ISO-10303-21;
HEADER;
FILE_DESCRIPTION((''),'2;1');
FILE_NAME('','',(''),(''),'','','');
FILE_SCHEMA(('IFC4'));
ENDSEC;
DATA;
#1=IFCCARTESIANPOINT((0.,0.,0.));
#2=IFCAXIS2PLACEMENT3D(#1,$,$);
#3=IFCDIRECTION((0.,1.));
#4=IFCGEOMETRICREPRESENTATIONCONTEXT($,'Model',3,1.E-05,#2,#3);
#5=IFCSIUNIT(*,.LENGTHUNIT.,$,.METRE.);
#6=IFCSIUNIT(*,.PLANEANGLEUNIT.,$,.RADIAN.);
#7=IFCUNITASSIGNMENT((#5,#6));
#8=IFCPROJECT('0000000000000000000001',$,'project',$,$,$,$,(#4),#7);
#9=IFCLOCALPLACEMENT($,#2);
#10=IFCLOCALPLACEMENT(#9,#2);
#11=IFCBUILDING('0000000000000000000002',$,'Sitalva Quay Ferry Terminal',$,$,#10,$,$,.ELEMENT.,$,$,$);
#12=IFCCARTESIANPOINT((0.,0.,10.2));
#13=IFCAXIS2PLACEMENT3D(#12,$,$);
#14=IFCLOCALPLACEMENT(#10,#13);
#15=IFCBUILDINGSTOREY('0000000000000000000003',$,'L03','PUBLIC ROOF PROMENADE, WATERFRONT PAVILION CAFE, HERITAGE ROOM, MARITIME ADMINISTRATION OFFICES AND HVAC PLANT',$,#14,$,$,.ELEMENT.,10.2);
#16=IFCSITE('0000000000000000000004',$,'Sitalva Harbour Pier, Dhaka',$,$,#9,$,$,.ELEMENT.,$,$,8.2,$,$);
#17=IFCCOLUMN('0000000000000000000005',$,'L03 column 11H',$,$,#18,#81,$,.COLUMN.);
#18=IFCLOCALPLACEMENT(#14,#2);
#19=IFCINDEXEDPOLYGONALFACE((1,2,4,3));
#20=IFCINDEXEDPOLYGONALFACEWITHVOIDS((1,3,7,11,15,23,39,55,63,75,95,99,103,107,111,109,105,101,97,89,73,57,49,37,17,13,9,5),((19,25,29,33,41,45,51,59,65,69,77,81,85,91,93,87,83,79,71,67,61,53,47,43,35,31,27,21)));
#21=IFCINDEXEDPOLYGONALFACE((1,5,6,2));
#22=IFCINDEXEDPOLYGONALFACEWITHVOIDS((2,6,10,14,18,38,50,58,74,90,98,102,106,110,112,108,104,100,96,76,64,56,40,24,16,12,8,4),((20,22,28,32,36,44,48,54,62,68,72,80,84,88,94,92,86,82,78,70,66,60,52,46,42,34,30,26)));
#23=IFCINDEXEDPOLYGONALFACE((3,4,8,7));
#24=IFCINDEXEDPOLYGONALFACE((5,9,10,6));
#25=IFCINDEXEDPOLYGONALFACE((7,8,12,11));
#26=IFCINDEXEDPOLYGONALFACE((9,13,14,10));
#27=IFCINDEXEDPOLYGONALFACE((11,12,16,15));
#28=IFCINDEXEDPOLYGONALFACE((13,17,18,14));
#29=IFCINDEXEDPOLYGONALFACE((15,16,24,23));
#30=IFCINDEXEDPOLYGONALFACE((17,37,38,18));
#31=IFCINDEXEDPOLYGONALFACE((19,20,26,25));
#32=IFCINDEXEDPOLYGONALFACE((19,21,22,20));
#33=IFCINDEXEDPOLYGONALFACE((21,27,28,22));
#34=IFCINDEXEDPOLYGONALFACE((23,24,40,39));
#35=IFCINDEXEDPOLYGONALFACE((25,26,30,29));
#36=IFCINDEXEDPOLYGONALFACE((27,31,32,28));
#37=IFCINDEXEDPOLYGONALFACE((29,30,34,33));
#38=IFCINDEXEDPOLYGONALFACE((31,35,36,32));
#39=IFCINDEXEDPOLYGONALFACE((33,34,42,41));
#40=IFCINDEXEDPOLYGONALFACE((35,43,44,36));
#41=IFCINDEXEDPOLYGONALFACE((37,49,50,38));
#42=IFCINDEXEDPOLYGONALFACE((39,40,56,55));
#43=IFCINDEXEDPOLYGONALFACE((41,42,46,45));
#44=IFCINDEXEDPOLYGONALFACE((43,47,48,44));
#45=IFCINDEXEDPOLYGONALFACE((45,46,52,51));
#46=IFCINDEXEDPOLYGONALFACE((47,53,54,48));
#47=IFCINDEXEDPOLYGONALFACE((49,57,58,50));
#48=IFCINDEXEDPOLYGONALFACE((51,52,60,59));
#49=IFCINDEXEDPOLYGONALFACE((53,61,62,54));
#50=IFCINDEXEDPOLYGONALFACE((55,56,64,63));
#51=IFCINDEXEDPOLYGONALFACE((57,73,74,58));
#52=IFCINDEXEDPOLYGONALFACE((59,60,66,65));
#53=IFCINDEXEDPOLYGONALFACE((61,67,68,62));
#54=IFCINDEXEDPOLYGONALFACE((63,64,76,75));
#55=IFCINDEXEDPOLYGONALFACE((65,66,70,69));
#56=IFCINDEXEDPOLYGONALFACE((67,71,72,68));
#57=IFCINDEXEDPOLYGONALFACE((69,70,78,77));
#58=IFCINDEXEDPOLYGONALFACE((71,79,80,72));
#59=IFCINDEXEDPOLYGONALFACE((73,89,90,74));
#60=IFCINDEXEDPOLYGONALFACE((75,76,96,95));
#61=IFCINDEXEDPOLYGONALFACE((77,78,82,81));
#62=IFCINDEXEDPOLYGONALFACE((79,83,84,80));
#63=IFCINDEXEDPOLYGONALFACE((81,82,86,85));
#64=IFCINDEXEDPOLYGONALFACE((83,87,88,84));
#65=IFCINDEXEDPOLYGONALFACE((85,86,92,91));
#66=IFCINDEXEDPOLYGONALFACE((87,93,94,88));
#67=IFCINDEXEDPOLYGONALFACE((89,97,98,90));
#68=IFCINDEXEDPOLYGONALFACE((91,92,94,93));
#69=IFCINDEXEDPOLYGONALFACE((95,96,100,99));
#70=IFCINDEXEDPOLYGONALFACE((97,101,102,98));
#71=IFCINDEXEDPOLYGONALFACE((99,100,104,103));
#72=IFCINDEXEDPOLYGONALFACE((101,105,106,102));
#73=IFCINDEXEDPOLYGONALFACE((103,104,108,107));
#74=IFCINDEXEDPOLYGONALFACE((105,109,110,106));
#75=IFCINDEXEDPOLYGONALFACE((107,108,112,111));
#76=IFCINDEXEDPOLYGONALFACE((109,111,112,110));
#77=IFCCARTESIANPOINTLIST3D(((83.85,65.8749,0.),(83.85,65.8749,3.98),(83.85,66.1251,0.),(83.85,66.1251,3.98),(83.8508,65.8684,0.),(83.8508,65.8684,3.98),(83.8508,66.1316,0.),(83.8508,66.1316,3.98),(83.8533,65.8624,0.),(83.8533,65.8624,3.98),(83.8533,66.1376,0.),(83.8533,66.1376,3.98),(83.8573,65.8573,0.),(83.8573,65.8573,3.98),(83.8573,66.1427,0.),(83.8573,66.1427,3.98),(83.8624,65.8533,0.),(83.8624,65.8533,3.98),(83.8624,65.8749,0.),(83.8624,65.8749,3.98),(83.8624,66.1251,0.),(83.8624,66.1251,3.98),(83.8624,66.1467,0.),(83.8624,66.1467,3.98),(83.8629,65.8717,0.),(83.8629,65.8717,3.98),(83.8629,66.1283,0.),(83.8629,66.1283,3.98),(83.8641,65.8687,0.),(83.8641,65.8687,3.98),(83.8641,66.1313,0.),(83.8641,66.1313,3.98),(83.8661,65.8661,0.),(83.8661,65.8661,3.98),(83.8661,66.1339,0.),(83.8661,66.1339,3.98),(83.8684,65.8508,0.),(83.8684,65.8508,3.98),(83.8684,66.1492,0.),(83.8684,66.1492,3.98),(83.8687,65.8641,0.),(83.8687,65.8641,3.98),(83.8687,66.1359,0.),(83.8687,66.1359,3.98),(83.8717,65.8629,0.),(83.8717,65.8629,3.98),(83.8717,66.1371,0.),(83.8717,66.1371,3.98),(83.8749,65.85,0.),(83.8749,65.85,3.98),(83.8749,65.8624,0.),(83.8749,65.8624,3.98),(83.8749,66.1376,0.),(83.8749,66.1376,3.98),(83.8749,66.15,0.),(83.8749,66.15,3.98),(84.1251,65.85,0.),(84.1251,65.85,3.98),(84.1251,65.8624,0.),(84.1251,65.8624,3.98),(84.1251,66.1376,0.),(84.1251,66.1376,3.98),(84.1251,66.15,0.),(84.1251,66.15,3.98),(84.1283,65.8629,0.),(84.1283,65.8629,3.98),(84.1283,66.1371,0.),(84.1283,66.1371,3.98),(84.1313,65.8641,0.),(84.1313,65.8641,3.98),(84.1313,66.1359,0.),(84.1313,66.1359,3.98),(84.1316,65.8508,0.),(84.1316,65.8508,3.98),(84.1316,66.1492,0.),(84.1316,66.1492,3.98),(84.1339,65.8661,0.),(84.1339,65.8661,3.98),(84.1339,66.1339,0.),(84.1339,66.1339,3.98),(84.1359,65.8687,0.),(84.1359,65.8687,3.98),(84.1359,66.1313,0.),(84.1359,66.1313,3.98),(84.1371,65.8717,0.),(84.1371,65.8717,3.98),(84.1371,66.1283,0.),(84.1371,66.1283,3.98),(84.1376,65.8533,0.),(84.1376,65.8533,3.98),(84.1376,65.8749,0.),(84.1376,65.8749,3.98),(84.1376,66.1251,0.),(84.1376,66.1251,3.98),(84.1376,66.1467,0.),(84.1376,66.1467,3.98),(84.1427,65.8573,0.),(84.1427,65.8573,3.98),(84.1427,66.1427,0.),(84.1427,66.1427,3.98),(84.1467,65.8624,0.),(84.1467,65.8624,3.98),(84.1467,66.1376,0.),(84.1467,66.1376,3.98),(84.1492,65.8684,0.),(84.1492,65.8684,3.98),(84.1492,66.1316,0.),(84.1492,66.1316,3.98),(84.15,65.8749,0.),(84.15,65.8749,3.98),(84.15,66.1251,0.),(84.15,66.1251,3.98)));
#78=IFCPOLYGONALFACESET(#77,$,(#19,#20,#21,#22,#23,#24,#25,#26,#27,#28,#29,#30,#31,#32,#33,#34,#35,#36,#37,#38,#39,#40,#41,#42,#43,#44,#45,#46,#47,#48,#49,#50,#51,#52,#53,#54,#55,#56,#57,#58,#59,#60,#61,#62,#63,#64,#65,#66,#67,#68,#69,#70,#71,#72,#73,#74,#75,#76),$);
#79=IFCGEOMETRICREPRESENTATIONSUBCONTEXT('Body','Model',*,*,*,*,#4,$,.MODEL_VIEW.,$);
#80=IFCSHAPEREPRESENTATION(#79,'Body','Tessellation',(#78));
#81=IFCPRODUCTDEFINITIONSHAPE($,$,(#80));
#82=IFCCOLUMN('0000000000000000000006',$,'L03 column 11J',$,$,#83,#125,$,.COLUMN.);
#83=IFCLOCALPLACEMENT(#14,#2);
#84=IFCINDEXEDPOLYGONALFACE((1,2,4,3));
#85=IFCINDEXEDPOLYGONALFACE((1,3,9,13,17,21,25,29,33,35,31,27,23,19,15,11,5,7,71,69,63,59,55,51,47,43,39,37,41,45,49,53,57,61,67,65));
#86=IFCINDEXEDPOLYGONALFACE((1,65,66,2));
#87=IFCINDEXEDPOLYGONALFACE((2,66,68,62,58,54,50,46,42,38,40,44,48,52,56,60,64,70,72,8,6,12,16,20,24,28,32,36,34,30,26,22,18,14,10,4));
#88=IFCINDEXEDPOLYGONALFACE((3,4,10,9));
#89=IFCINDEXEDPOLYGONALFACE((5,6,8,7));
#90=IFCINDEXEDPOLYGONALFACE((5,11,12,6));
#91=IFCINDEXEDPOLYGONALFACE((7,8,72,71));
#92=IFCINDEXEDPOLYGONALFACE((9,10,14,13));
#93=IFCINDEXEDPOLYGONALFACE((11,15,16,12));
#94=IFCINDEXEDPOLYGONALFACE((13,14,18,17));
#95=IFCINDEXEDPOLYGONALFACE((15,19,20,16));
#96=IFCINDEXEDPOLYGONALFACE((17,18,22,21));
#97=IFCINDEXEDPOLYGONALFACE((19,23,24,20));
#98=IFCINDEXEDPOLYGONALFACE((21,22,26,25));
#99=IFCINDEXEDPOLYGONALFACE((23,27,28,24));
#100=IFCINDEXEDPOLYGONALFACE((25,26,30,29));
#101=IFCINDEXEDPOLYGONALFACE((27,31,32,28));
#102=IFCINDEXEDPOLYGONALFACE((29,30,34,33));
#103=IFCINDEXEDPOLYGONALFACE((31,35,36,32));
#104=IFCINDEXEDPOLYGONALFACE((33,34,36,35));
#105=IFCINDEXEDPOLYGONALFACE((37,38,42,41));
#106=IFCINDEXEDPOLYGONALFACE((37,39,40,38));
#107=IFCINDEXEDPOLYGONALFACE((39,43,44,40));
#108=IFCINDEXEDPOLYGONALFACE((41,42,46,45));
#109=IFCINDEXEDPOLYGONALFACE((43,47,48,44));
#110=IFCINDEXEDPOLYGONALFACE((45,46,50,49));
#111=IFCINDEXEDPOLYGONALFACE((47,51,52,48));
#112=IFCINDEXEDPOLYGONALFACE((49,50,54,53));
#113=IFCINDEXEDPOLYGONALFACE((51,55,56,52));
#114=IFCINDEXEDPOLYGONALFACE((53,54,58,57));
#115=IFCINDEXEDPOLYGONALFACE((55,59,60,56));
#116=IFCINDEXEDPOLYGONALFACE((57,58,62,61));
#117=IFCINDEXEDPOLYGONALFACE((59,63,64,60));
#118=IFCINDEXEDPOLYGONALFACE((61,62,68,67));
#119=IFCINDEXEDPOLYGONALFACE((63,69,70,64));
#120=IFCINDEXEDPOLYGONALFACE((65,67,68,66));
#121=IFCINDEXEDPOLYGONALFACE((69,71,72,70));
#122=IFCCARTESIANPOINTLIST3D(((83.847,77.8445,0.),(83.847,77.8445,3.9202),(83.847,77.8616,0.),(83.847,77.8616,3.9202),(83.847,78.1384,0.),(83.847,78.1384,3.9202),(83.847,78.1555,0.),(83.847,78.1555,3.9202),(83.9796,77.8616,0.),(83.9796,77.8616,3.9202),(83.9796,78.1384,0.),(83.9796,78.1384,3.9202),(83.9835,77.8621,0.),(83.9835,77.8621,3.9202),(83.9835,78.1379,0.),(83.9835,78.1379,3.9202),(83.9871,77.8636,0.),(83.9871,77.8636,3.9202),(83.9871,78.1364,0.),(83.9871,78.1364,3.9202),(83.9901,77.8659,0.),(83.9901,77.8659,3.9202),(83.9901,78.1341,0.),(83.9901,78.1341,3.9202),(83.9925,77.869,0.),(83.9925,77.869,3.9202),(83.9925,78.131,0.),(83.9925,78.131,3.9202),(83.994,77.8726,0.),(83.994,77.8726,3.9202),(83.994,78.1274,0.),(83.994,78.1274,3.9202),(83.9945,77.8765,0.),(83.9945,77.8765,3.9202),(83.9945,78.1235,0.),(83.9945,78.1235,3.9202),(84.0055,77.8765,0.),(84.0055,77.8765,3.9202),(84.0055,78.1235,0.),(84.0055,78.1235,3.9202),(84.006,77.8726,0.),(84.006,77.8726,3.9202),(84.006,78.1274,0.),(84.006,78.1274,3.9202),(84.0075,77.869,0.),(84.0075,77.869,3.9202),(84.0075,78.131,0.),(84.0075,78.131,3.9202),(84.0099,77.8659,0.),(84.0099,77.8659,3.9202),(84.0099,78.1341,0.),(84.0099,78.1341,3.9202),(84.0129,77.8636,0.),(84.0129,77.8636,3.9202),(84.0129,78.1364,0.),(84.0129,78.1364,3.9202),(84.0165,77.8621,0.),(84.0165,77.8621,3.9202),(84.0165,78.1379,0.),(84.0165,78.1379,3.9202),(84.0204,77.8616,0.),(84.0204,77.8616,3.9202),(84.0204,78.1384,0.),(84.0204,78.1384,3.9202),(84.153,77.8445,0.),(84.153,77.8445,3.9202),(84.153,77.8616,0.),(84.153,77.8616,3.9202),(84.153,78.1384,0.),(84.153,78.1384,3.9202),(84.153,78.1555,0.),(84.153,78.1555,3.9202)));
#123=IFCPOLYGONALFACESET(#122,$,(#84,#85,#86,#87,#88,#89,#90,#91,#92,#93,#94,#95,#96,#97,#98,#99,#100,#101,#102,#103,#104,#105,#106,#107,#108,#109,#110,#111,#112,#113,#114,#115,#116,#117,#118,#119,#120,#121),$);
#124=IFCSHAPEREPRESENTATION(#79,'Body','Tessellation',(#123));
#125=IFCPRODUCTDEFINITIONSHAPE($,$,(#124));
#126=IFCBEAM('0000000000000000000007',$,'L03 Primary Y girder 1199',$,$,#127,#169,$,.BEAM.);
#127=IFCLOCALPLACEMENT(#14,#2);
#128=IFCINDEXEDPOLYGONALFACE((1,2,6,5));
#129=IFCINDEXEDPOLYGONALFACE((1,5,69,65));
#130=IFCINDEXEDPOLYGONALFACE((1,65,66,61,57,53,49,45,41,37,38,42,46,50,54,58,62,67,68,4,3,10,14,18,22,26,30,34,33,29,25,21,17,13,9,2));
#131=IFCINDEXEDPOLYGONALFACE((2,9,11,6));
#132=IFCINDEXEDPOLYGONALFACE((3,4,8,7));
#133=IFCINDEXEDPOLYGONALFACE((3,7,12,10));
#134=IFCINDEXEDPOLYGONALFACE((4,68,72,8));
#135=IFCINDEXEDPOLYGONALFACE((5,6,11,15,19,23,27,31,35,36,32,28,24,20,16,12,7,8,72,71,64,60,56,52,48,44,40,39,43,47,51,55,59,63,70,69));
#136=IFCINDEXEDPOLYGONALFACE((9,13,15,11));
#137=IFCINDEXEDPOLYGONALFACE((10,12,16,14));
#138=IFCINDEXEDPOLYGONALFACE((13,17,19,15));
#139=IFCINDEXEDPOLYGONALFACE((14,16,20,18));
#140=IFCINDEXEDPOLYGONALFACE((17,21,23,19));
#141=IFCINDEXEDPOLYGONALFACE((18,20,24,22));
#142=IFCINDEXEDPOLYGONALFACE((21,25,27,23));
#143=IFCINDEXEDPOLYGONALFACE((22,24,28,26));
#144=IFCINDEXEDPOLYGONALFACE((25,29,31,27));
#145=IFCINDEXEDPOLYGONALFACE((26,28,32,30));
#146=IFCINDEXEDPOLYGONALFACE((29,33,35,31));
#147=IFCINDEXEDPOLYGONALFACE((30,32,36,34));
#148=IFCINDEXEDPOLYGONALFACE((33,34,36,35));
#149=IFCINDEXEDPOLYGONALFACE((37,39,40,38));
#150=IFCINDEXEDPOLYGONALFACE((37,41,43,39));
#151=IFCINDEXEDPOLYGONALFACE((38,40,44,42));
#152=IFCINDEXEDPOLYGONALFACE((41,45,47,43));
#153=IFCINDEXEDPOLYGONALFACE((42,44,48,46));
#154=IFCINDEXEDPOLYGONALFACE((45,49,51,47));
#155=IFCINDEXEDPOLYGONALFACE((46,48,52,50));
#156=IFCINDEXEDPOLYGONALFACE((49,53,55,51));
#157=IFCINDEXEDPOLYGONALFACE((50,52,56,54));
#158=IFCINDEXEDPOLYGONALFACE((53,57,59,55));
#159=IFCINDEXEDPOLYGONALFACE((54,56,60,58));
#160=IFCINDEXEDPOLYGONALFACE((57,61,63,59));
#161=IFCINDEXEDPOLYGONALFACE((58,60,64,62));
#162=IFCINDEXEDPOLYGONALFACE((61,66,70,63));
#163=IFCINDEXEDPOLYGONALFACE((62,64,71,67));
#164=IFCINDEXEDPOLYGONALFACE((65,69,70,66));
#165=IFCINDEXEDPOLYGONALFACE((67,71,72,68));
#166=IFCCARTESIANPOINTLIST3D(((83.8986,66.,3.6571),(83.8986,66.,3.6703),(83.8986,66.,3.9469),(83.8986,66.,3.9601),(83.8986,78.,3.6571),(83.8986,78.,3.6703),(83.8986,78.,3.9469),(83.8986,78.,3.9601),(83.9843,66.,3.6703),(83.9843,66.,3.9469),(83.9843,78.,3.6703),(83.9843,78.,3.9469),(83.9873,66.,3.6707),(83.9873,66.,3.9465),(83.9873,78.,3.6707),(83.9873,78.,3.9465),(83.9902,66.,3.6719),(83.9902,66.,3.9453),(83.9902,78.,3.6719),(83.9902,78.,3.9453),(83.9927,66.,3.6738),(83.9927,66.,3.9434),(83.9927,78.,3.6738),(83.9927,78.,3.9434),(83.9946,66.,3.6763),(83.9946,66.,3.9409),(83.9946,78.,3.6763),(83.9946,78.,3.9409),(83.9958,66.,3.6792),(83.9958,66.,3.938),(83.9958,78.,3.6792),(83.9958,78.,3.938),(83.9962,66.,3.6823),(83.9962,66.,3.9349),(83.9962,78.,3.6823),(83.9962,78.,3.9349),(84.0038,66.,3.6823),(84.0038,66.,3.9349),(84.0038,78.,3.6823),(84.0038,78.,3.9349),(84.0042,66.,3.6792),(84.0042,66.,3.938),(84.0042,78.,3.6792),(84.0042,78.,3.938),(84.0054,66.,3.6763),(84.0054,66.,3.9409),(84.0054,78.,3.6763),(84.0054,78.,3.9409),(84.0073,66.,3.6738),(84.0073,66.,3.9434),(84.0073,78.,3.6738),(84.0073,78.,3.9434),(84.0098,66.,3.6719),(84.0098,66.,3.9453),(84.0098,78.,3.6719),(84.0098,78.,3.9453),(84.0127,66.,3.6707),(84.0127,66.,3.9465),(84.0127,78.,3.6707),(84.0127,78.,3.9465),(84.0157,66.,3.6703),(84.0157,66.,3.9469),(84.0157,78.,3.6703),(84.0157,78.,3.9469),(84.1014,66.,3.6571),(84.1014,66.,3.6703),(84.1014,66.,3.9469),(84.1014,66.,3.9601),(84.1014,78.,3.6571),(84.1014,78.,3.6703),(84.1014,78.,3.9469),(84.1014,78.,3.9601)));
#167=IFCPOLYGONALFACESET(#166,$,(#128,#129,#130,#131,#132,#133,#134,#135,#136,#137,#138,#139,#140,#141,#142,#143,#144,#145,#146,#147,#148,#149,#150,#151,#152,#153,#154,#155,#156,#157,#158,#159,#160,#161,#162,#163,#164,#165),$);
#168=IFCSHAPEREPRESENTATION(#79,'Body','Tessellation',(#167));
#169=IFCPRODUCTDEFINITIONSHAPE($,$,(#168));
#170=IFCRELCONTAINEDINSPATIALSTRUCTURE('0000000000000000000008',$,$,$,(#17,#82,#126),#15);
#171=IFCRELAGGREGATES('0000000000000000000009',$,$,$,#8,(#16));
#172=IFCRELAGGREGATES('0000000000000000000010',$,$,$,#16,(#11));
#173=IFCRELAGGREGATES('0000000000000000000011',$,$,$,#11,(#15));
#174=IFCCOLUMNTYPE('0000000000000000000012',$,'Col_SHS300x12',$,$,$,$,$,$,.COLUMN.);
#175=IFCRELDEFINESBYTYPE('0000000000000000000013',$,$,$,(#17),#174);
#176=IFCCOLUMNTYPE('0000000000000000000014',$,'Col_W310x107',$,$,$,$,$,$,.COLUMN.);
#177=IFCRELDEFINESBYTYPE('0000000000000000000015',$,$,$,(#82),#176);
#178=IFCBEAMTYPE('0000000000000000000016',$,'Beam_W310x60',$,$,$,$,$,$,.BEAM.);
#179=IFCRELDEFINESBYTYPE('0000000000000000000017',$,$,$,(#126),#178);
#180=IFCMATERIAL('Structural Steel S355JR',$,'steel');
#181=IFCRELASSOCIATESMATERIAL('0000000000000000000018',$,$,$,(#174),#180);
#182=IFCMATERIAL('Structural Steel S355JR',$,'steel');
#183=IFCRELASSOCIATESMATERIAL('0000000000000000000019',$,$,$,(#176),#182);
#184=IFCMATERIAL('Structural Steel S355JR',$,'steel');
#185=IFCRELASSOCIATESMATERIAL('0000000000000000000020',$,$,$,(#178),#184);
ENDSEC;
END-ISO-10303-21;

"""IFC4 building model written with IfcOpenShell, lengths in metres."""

from ifc_helpers import new_model, si_unit, direction, frame, origin, origin_2d, place, context, subcontext, project, spatial, hollow_rectangle, i_section, extrude, material, material_profile, profile_set, type_object, element, save


model = new_model("IFC4")

# Units and contexts
model_context = context("Model", 3, precision=1e-05, world=origin(), true_north=direction((0.0, 1.0)))
body_context = subcontext(model_context, "Body", "Model", "MODEL_VIEW")
ifc_project = project(units=[si_unit("LENGTHUNIT", "METRE"), si_unit("PLANEANGLEUNIT", "RADIAN")], contexts=[model_context])

# Site, building, storey
site_placement = place(None, origin())
site = spatial("IfcSite", under=ifc_project, at=site_placement, Name="Sitalva Harbour Pier, Dhaka", CompositionType="ELEMENT", RefElevation=8.2)
building_placement = place(site_placement, origin())
building = spatial("IfcBuilding", under=site, at=building_placement, Name="Sitalva Quay Ferry Terminal", CompositionType="ELEMENT")
storey_placement = place(building_placement, frame((0.0, 0.0, 10.2)))
storey = spatial("IfcBuildingStorey", under=building, at=storey_placement, Name="L03", Description="PUBLIC ROOF PROMENADE, WATERFRONT PAVILION CAFE, HERITAGE ROOM, MARITIME ADMINISTRATION OFFICES AND HVAC PLANT", CompositionType="ELEMENT", Elevation=10.2)

# Columns
ifc_material_1 = material(Name="Structural Steel S355JR", Category="steel")
ifc_material_profile_1 = material_profile(ifc_material_1, hollow_rectangle(XDim=0.3, YDim=0.3, WallThickness=0.0125, InnerFilletRadius=0.0125, OuterFilletRadius=0.0249, at=origin_2d()), Name="SHS300x300x12.5")
ifc_profile_set_1 = profile_set([ifc_material_profile_1], Name="Structural Steel S355JR")
column_type_1 = type_object("IfcColumnType", Name="Col_SHS300x12", PredefinedType="COLUMN", material=ifc_profile_set_1)
column_1_placement = place(storey_placement, frame((84.0, 66.0, 0.0), z_axis=(0.0, 0.0, 1.0), x_axis=(1.0, 0.0, 0.0)))
element("IfcColumn", 1, at=column_1_placement, inside=storey, type_object=column_type_1, Name="L03 column 11H", PredefinedType="COLUMN", context=body_context, shape_type="SweptSolid", body=[
    extrude(hollow_rectangle(XDim=0.3, YDim=0.3, WallThickness=0.0125, InnerFilletRadius=0.0125, OuterFilletRadius=0.0249, at=origin_2d()), origin(), (0.0, 0.0, 1.0), 3.98),
])
ifc_material_2 = material(Name="Structural Steel S355JR", Category="steel")
ifc_material_profile_2 = material_profile(ifc_material_2, i_section(OverallWidth=0.3059, OverallDepth=0.311, WebThickness=0.011, FlangeThickness=0.0171, FilletRadius=0.0149, at=origin_2d()), Name="W310x107")
ifc_profile_set_2 = profile_set([ifc_material_profile_2], Name="Structural Steel S355JR")
column_type_2 = type_object("IfcColumnType", Name="Col_W310x107", PredefinedType="COLUMN", material=ifc_profile_set_2)
column_2_placement = place(storey_placement, frame((84.0, 78.0, 0.0), z_axis=(0.0, 0.0, 1.0), x_axis=(1.0, 0.0, 0.0)))
element("IfcColumn", 2, at=column_2_placement, inside=storey, type_object=column_type_2, Name="L03 column 11J", PredefinedType="COLUMN", context=body_context, shape_type="SweptSolid", body=[
    extrude(i_section(OverallWidth=0.3059, OverallDepth=0.311, WebThickness=0.011, FlangeThickness=0.0171, FilletRadius=0.0149, at=origin_2d()), origin(), (0.0, 0.0, 1.0), 3.9202),
])

# Beam
ifc_material_3 = material(Name="Structural Steel S355JR", Category="steel")
ifc_material_profile_3 = material_profile(ifc_material_3, i_section(OverallWidth=0.2029, OverallDepth=0.303, WebThickness=0.0076, FlangeThickness=0.0132, FilletRadius=0.012, at=origin_2d()), Name="W310x60")
ifc_profile_set_3 = profile_set([ifc_material_profile_3], Name="Structural Steel S355JR")
beam_type_1 = type_object("IfcBeamType", Name="Beam_W310x60", PredefinedType="BEAM", material=ifc_profile_set_3)
beam_1_placement = place(storey_placement, frame((84.0, 66.0, 3.8086), z_axis=(0.0, 1.0, 0.0), x_axis=(-1.0, 0.0, 0.0)))
element("IfcBeam", 3, at=beam_1_placement, inside=storey, type_object=beam_type_1, Name="L03 Primary Y girder 1199", PredefinedType="BEAM", context=body_context, shape_type="SweptSolid", body=[
    extrude(i_section(OverallWidth=0.2029, OverallDepth=0.303, WebThickness=0.0076, FlangeThickness=0.0132, FilletRadius=0.012, at=origin_2d()), origin(), (0.0, 0.0, 1.0), 12.0),
])

save(model, "model.ifc")
